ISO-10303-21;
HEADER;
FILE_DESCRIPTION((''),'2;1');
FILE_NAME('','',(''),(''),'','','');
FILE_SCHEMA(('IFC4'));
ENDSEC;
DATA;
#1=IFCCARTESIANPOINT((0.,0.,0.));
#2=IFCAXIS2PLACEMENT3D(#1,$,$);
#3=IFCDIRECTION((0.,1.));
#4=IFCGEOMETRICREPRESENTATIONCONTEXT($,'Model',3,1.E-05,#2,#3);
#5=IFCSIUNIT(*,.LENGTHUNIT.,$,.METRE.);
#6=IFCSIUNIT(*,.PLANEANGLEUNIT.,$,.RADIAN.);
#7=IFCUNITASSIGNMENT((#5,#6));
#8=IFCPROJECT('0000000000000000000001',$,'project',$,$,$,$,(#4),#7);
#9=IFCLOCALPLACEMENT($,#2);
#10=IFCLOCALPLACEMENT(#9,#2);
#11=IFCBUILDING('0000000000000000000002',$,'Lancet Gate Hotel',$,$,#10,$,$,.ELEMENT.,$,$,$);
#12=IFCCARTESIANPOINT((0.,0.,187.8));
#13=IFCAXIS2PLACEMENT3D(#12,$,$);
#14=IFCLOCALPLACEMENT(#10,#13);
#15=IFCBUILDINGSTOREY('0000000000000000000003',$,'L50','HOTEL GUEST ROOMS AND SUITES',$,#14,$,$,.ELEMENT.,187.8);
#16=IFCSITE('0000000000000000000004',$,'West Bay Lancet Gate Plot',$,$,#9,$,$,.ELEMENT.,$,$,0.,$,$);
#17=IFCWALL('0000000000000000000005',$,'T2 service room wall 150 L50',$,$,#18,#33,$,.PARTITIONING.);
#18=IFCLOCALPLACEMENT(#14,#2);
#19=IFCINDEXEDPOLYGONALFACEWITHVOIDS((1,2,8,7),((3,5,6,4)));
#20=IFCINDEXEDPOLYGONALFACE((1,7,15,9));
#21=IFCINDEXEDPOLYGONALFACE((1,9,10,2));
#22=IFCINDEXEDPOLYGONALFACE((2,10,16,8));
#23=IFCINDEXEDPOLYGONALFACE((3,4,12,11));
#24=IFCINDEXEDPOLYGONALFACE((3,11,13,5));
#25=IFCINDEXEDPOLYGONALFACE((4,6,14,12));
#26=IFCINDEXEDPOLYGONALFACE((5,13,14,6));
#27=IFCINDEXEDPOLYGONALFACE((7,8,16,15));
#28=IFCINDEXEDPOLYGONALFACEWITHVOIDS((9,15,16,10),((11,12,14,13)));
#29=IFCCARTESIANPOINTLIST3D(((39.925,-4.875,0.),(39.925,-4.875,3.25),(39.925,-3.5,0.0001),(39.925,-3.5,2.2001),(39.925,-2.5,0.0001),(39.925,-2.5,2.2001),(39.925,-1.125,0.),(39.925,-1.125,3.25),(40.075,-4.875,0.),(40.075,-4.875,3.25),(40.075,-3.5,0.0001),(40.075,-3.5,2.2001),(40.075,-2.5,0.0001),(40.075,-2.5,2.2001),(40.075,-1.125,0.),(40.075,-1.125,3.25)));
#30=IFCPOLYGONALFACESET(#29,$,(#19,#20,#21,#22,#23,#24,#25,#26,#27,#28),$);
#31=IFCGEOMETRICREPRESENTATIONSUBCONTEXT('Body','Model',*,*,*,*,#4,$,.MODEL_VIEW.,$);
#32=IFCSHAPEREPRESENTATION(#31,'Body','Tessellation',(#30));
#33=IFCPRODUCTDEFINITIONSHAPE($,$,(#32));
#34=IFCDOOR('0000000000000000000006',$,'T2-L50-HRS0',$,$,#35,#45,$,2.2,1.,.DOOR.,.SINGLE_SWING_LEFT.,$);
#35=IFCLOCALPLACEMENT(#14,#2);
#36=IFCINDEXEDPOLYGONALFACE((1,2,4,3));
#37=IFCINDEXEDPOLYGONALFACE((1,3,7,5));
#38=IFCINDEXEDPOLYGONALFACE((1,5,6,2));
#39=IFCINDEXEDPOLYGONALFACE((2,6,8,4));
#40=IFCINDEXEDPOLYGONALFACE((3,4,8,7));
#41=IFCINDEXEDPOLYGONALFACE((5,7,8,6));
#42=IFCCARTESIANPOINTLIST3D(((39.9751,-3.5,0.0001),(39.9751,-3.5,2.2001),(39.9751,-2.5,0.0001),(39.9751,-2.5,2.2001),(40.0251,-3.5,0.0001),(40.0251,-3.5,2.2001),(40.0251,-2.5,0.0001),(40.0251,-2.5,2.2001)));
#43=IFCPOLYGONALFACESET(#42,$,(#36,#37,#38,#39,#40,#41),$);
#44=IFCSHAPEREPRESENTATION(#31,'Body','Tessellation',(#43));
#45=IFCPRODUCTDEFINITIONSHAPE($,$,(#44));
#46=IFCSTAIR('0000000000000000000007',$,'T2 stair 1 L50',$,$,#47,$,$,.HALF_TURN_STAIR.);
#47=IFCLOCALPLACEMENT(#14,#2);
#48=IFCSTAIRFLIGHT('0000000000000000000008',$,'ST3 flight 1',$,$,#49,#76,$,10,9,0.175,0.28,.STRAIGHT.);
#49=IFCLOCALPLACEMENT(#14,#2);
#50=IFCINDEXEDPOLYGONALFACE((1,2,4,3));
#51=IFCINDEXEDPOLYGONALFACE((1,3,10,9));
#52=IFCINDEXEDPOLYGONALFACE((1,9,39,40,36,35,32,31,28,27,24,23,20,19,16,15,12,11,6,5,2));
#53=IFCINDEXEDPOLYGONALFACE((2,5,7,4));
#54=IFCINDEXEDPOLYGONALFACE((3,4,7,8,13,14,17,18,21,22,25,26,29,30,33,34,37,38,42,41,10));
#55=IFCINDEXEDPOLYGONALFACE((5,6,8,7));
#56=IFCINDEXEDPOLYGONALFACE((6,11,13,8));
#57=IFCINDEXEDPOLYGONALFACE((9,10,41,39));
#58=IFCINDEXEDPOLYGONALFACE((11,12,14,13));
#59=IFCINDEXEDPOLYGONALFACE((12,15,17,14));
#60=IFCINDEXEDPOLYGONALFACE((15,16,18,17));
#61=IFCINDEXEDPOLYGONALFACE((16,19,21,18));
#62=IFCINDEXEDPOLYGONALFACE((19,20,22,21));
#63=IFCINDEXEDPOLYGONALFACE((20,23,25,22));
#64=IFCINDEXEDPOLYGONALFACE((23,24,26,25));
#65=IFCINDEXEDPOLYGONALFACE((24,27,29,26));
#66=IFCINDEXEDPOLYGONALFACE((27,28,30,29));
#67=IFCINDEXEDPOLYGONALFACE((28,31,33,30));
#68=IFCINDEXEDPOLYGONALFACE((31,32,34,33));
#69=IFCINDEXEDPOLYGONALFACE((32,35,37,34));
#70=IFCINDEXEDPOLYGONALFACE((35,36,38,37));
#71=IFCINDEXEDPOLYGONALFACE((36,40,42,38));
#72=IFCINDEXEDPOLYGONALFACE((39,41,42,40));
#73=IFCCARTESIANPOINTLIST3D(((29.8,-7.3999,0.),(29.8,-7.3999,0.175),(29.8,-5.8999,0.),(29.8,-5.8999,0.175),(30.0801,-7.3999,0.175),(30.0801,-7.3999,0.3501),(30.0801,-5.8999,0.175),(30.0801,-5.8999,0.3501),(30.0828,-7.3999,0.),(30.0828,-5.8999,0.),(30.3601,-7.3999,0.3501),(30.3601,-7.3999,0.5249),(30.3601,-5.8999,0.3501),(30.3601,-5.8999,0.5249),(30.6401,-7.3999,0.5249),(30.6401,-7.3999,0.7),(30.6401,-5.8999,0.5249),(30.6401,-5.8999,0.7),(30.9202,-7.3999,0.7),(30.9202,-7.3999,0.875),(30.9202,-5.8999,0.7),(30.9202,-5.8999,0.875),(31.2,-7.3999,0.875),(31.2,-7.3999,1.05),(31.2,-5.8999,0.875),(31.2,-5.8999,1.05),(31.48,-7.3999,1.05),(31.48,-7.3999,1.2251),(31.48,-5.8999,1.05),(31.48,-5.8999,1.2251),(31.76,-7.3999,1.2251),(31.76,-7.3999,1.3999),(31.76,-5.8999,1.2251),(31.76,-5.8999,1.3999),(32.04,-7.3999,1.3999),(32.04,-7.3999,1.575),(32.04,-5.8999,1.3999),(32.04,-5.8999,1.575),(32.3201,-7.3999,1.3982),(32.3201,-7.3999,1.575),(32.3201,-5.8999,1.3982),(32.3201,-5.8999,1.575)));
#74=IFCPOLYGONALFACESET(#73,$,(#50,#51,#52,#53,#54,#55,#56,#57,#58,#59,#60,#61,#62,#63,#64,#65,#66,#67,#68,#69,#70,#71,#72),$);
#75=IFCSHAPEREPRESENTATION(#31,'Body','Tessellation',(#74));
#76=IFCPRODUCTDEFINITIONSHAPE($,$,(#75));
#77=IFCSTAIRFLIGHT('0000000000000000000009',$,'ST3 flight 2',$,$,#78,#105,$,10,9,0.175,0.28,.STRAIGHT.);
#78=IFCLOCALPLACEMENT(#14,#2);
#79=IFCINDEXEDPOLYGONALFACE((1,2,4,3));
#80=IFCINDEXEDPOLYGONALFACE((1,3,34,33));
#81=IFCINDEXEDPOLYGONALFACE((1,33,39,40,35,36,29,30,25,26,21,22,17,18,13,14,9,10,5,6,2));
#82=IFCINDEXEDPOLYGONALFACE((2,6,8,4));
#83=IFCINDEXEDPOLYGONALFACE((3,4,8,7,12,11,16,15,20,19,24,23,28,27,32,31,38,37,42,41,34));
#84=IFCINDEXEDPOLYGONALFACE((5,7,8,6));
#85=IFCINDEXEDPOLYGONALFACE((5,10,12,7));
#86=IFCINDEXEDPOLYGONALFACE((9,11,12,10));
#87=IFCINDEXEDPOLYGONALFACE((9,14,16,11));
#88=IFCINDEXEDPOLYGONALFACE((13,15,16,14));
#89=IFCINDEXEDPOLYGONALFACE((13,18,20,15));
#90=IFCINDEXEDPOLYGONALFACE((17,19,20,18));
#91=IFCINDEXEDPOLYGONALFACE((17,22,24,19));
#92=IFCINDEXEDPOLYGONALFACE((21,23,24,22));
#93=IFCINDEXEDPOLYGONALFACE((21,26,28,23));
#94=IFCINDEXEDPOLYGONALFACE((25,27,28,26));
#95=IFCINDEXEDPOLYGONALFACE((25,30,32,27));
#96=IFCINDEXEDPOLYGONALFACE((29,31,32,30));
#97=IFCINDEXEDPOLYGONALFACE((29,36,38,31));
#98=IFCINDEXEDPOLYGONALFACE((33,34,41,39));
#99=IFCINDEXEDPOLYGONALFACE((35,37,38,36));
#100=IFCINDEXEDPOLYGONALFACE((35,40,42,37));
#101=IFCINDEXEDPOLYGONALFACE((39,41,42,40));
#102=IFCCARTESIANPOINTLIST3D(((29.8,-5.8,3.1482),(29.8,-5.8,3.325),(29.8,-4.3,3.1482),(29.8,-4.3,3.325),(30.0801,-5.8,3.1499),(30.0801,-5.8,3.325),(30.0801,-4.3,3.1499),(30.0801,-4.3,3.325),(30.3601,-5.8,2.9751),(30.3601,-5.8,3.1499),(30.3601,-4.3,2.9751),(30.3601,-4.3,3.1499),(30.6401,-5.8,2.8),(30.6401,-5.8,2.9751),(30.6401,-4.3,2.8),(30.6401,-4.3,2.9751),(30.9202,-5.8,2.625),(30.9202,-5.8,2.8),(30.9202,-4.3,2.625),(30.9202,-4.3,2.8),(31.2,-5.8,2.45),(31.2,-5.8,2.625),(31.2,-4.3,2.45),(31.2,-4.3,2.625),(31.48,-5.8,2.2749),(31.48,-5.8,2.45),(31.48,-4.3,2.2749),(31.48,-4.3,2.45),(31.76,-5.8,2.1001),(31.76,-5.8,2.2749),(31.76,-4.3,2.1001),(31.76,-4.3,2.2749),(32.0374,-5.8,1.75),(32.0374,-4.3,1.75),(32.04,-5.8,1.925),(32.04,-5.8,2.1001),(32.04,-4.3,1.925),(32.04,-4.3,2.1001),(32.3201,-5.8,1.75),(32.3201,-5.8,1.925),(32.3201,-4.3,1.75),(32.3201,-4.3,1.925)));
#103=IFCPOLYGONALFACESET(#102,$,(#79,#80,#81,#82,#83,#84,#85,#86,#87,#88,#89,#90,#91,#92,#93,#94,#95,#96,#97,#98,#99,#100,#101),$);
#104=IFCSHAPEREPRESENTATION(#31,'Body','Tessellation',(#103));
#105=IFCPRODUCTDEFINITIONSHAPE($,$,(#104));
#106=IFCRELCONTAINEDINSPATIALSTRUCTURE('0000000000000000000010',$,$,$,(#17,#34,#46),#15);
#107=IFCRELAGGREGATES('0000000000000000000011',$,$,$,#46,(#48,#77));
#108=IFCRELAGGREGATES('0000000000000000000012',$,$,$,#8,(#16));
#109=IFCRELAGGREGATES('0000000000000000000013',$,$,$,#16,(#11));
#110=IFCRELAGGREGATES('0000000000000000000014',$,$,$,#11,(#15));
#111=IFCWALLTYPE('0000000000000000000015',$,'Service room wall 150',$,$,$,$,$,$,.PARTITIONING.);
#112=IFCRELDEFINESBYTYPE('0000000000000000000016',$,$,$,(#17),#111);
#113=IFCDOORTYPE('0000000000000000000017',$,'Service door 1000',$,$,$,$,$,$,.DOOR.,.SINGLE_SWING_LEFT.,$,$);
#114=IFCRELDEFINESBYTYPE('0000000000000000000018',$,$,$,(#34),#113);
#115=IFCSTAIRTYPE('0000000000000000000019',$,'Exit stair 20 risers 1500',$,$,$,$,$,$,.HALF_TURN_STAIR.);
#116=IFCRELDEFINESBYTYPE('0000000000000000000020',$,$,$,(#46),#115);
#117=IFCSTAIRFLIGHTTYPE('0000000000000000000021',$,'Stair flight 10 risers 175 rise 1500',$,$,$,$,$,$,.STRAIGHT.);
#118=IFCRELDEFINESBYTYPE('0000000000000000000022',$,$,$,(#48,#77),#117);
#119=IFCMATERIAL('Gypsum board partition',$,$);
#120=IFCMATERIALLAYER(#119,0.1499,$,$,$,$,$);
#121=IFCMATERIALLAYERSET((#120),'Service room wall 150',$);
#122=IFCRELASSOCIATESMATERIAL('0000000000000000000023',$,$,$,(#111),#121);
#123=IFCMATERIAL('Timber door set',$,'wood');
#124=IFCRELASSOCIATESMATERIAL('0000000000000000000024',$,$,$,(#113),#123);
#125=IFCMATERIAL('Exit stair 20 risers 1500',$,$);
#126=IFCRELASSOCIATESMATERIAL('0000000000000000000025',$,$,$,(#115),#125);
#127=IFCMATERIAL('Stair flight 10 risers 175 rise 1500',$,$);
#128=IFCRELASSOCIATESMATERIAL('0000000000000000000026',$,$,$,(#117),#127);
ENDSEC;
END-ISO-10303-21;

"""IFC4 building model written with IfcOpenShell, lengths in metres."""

from ifc_helpers import new_model, si_unit, direction, frame, frame_2d, origin, place, context, subcontext, project, spatial, polyline, rectangle, outline, extrude, material, layer, layer_set, type_object, element, fill, aggregate, save


model = new_model("IFC4")

# Units and contexts
model_context = context("Model", 3, precision=1e-05, world=origin(), true_north=direction((0.0, 1.0)))
body_context = subcontext(model_context, "Body", "Model", "MODEL_VIEW")
ifc_project = project(units=[si_unit("LENGTHUNIT", "METRE"), si_unit("PLANEANGLEUNIT", "RADIAN")], contexts=[model_context])

# Site, building, storey
site_placement = place(None, origin())
site = spatial("IfcSite", under=ifc_project, at=site_placement, Name="West Bay Lancet Gate Plot", CompositionType="ELEMENT", RefElevation=0.0)
building_placement = place(site_placement, origin())
building = spatial("IfcBuilding", under=site, at=building_placement, Name="Lancet Gate Hotel", CompositionType="ELEMENT")
storey_placement = place(building_placement, frame((0.0, 0.0, 187.8)))
storey = spatial("IfcBuildingStorey", under=building, at=storey_placement, Name="L50", Description="HOTEL GUEST ROOMS AND SUITES", CompositionType="ELEMENT", Elevation=187.8)

# Shared definitions
ifc_material_1 = material(Name="Gypsum board partition")
ifc_layer_1 = layer(ifc_material_1, 0.1499)
ifc_layer_set_1 = layer_set([ifc_layer_1], Name="Service room wall 150")
wall_type_1 = type_object("IfcWallType", Name="Service room wall 150", PredefinedType="PARTITIONING", material=ifc_layer_set_1)

# Wall, opening, door
wall_1_placement = place(storey_placement, frame((40.0, -4.875, 0.0), z_axis=(0.0, 0.0, 1.0), x_axis=(0.0, 1.0, 0.0)))
wall_1 = element("IfcWall", 1, at=wall_1_placement, inside=storey, type_object=wall_type_1, Name="T2 service room wall 150 L50", PredefinedType="PARTITIONING", context=body_context, shape_type="SweptSolid", body=[
    extrude(rectangle(XDim=3.75, YDim=0.1499, at=frame_2d((1.875, 0.0))), origin(), (0.0, 0.0, 1.0), 3.25),
])
opening_1_placement = place(wall_1_placement, frame((1.375, 0.0, 0.0)))
opening_1 = element("IfcOpeningElement", 2, at=opening_1_placement, cuts=wall_1, PredefinedType="OPENING", context=body_context, shape_type="SweptSolid", body=[
    extrude(rectangle(XDim=1.0, YDim=2.2, at=frame_2d((0.5, 1.1001))), frame((0.0, 0.085, 0.0), z_axis=(0.0, -1.0, 0.0), x_axis=(1.0, 0.0, 0.0)), (0.0, 0.0, 1.0), 0.1699),
])
ifc_material_2 = material(Name="Timber door set", Category="wood")
door_type_1 = type_object("IfcDoorType", Name="Service door 1000", OperationType="SINGLE_SWING_LEFT", PredefinedType="DOOR", material=ifc_material_2)
door_1_placement = place(opening_1_placement, origin())
door_1 = element("IfcDoor", 3, at=door_1_placement, inside=storey, type_object=door_type_1, Name="T2-L50-HRS0", OperationType="SINGLE_SWING_LEFT", OverallHeight=2.2, OverallWidth=1.0, PredefinedType="DOOR", context=body_context, shape_type="SweptSolid", body=[
    extrude(rectangle(XDim=1.0, YDim=2.2, at=frame_2d((0.5, 1.1001))), frame((0.0, 0.0249, 0.0), z_axis=(0.0, -1.0, 0.0), x_axis=(1.0, 0.0, 0.0)), (0.0, 0.0, 1.0), 0.05),
])
fill(opening_1, door_1)

# Stair, stair flights
ifc_material_3 = material(Name="Exit stair 20 risers 1500")
stair_type = type_object("IfcStairType", Name="Exit stair 20 risers 1500", PredefinedType="HALF_TURN_STAIR", material=ifc_material_3)
stair_placement = place(storey_placement, origin())
stair = element("IfcStair", 4, at=stair_placement, inside=storey, type_object=stair_type, Name="T2 stair 1 L50", PredefinedType="HALF_TURN_STAIR")
ifc_material_4 = material(Name="Stair flight 10 risers 175 rise 1500")
stair_flight_type = type_object("IfcStairFlightType", Name="Stair flight 10 risers 175 rise 1500", PredefinedType="STRAIGHT", material=ifc_material_4)
stair_flight_1_placement = place(storey_placement, frame((29.8, -6.6499, 0.0), z_axis=(0.0, 0.0, 1.0), x_axis=(1.0, 0.0, 0.0)))
stair_flight_1 = element("IfcStairFlight", 5, at=stair_flight_1_placement, type_object=stair_flight_type, Name="ST3 flight 1", NumberOfRisers=10, NumberOfTreads=9, PredefinedType="STRAIGHT", RiserHeight=0.175, TreadLength=0.28, context=body_context, shape_type="SweptSolid", body=[
    extrude(outline(polyline([(0.0, 0.0), (0.0, 0.175), (0.28, 0.175), (0.28, 0.3501), (0.5601, 0.3501), (0.5601, 0.5249), (0.8401, 0.5249), (0.8401, 0.7), (1.1201, 0.7), (1.1201, 0.875), (1.3999, 0.875), (1.3999, 1.05), (1.6799, 1.05), (1.6799, 1.2251), (1.96, 1.2251), (1.96, 1.3999), (2.24, 1.3999), (2.24, 1.575), (2.52, 1.575), (2.52, 1.75), (2.52, 1.3982), (0.2827, 0.0), (0.0, 0.0)])), frame((0.0, 0.75, 0.0), z_axis=(0.0, -1.0, 0.0), x_axis=(1.0, 0.0, 0.0)), (0.0, 0.0, 1.0), 1.5),
])
stair_flight_2_placement = place(storey_placement, frame((32.3201, -5.05, 1.75), z_axis=(0.0, 0.0, 1.0), x_axis=(-1.0, 0.0, 0.0)))
stair_flight_2 = element("IfcStairFlight", 6, at=stair_flight_2_placement, type_object=stair_flight_type, Name="ST3 flight 2", NumberOfRisers=10, NumberOfTreads=9, PredefinedType="STRAIGHT", RiserHeight=0.175, TreadLength=0.28, context=body_context, shape_type="SweptSolid", body=[
    extrude(outline(polyline([(0.0, 0.0), (0.0, 0.175), (0.28, 0.175), (0.28, 0.3501), (0.5601, 0.3501), (0.5601, 0.5249), (0.8401, 0.5249), (0.8401, 0.7), (1.1201, 0.7), (1.1201, 0.875), (1.3999, 0.875), (1.3999, 1.05), (1.6799, 1.05), (1.6799, 1.2251), (1.96, 1.2251), (1.96, 1.3999), (2.24, 1.3999), (2.24, 1.575), (2.52, 1.575), (2.52, 1.75), (2.52, 1.3982), (0.2827, 0.0), (0.0, 0.0)])), frame((0.0, 0.75, 0.0), z_axis=(0.0, -1.0, 0.0), x_axis=(1.0, 0.0, 0.0)), (0.0, 0.0, 1.0), 1.5),
])
aggregate(stair, [stair_flight_1, stair_flight_2])

save(model, "model.ifc")
